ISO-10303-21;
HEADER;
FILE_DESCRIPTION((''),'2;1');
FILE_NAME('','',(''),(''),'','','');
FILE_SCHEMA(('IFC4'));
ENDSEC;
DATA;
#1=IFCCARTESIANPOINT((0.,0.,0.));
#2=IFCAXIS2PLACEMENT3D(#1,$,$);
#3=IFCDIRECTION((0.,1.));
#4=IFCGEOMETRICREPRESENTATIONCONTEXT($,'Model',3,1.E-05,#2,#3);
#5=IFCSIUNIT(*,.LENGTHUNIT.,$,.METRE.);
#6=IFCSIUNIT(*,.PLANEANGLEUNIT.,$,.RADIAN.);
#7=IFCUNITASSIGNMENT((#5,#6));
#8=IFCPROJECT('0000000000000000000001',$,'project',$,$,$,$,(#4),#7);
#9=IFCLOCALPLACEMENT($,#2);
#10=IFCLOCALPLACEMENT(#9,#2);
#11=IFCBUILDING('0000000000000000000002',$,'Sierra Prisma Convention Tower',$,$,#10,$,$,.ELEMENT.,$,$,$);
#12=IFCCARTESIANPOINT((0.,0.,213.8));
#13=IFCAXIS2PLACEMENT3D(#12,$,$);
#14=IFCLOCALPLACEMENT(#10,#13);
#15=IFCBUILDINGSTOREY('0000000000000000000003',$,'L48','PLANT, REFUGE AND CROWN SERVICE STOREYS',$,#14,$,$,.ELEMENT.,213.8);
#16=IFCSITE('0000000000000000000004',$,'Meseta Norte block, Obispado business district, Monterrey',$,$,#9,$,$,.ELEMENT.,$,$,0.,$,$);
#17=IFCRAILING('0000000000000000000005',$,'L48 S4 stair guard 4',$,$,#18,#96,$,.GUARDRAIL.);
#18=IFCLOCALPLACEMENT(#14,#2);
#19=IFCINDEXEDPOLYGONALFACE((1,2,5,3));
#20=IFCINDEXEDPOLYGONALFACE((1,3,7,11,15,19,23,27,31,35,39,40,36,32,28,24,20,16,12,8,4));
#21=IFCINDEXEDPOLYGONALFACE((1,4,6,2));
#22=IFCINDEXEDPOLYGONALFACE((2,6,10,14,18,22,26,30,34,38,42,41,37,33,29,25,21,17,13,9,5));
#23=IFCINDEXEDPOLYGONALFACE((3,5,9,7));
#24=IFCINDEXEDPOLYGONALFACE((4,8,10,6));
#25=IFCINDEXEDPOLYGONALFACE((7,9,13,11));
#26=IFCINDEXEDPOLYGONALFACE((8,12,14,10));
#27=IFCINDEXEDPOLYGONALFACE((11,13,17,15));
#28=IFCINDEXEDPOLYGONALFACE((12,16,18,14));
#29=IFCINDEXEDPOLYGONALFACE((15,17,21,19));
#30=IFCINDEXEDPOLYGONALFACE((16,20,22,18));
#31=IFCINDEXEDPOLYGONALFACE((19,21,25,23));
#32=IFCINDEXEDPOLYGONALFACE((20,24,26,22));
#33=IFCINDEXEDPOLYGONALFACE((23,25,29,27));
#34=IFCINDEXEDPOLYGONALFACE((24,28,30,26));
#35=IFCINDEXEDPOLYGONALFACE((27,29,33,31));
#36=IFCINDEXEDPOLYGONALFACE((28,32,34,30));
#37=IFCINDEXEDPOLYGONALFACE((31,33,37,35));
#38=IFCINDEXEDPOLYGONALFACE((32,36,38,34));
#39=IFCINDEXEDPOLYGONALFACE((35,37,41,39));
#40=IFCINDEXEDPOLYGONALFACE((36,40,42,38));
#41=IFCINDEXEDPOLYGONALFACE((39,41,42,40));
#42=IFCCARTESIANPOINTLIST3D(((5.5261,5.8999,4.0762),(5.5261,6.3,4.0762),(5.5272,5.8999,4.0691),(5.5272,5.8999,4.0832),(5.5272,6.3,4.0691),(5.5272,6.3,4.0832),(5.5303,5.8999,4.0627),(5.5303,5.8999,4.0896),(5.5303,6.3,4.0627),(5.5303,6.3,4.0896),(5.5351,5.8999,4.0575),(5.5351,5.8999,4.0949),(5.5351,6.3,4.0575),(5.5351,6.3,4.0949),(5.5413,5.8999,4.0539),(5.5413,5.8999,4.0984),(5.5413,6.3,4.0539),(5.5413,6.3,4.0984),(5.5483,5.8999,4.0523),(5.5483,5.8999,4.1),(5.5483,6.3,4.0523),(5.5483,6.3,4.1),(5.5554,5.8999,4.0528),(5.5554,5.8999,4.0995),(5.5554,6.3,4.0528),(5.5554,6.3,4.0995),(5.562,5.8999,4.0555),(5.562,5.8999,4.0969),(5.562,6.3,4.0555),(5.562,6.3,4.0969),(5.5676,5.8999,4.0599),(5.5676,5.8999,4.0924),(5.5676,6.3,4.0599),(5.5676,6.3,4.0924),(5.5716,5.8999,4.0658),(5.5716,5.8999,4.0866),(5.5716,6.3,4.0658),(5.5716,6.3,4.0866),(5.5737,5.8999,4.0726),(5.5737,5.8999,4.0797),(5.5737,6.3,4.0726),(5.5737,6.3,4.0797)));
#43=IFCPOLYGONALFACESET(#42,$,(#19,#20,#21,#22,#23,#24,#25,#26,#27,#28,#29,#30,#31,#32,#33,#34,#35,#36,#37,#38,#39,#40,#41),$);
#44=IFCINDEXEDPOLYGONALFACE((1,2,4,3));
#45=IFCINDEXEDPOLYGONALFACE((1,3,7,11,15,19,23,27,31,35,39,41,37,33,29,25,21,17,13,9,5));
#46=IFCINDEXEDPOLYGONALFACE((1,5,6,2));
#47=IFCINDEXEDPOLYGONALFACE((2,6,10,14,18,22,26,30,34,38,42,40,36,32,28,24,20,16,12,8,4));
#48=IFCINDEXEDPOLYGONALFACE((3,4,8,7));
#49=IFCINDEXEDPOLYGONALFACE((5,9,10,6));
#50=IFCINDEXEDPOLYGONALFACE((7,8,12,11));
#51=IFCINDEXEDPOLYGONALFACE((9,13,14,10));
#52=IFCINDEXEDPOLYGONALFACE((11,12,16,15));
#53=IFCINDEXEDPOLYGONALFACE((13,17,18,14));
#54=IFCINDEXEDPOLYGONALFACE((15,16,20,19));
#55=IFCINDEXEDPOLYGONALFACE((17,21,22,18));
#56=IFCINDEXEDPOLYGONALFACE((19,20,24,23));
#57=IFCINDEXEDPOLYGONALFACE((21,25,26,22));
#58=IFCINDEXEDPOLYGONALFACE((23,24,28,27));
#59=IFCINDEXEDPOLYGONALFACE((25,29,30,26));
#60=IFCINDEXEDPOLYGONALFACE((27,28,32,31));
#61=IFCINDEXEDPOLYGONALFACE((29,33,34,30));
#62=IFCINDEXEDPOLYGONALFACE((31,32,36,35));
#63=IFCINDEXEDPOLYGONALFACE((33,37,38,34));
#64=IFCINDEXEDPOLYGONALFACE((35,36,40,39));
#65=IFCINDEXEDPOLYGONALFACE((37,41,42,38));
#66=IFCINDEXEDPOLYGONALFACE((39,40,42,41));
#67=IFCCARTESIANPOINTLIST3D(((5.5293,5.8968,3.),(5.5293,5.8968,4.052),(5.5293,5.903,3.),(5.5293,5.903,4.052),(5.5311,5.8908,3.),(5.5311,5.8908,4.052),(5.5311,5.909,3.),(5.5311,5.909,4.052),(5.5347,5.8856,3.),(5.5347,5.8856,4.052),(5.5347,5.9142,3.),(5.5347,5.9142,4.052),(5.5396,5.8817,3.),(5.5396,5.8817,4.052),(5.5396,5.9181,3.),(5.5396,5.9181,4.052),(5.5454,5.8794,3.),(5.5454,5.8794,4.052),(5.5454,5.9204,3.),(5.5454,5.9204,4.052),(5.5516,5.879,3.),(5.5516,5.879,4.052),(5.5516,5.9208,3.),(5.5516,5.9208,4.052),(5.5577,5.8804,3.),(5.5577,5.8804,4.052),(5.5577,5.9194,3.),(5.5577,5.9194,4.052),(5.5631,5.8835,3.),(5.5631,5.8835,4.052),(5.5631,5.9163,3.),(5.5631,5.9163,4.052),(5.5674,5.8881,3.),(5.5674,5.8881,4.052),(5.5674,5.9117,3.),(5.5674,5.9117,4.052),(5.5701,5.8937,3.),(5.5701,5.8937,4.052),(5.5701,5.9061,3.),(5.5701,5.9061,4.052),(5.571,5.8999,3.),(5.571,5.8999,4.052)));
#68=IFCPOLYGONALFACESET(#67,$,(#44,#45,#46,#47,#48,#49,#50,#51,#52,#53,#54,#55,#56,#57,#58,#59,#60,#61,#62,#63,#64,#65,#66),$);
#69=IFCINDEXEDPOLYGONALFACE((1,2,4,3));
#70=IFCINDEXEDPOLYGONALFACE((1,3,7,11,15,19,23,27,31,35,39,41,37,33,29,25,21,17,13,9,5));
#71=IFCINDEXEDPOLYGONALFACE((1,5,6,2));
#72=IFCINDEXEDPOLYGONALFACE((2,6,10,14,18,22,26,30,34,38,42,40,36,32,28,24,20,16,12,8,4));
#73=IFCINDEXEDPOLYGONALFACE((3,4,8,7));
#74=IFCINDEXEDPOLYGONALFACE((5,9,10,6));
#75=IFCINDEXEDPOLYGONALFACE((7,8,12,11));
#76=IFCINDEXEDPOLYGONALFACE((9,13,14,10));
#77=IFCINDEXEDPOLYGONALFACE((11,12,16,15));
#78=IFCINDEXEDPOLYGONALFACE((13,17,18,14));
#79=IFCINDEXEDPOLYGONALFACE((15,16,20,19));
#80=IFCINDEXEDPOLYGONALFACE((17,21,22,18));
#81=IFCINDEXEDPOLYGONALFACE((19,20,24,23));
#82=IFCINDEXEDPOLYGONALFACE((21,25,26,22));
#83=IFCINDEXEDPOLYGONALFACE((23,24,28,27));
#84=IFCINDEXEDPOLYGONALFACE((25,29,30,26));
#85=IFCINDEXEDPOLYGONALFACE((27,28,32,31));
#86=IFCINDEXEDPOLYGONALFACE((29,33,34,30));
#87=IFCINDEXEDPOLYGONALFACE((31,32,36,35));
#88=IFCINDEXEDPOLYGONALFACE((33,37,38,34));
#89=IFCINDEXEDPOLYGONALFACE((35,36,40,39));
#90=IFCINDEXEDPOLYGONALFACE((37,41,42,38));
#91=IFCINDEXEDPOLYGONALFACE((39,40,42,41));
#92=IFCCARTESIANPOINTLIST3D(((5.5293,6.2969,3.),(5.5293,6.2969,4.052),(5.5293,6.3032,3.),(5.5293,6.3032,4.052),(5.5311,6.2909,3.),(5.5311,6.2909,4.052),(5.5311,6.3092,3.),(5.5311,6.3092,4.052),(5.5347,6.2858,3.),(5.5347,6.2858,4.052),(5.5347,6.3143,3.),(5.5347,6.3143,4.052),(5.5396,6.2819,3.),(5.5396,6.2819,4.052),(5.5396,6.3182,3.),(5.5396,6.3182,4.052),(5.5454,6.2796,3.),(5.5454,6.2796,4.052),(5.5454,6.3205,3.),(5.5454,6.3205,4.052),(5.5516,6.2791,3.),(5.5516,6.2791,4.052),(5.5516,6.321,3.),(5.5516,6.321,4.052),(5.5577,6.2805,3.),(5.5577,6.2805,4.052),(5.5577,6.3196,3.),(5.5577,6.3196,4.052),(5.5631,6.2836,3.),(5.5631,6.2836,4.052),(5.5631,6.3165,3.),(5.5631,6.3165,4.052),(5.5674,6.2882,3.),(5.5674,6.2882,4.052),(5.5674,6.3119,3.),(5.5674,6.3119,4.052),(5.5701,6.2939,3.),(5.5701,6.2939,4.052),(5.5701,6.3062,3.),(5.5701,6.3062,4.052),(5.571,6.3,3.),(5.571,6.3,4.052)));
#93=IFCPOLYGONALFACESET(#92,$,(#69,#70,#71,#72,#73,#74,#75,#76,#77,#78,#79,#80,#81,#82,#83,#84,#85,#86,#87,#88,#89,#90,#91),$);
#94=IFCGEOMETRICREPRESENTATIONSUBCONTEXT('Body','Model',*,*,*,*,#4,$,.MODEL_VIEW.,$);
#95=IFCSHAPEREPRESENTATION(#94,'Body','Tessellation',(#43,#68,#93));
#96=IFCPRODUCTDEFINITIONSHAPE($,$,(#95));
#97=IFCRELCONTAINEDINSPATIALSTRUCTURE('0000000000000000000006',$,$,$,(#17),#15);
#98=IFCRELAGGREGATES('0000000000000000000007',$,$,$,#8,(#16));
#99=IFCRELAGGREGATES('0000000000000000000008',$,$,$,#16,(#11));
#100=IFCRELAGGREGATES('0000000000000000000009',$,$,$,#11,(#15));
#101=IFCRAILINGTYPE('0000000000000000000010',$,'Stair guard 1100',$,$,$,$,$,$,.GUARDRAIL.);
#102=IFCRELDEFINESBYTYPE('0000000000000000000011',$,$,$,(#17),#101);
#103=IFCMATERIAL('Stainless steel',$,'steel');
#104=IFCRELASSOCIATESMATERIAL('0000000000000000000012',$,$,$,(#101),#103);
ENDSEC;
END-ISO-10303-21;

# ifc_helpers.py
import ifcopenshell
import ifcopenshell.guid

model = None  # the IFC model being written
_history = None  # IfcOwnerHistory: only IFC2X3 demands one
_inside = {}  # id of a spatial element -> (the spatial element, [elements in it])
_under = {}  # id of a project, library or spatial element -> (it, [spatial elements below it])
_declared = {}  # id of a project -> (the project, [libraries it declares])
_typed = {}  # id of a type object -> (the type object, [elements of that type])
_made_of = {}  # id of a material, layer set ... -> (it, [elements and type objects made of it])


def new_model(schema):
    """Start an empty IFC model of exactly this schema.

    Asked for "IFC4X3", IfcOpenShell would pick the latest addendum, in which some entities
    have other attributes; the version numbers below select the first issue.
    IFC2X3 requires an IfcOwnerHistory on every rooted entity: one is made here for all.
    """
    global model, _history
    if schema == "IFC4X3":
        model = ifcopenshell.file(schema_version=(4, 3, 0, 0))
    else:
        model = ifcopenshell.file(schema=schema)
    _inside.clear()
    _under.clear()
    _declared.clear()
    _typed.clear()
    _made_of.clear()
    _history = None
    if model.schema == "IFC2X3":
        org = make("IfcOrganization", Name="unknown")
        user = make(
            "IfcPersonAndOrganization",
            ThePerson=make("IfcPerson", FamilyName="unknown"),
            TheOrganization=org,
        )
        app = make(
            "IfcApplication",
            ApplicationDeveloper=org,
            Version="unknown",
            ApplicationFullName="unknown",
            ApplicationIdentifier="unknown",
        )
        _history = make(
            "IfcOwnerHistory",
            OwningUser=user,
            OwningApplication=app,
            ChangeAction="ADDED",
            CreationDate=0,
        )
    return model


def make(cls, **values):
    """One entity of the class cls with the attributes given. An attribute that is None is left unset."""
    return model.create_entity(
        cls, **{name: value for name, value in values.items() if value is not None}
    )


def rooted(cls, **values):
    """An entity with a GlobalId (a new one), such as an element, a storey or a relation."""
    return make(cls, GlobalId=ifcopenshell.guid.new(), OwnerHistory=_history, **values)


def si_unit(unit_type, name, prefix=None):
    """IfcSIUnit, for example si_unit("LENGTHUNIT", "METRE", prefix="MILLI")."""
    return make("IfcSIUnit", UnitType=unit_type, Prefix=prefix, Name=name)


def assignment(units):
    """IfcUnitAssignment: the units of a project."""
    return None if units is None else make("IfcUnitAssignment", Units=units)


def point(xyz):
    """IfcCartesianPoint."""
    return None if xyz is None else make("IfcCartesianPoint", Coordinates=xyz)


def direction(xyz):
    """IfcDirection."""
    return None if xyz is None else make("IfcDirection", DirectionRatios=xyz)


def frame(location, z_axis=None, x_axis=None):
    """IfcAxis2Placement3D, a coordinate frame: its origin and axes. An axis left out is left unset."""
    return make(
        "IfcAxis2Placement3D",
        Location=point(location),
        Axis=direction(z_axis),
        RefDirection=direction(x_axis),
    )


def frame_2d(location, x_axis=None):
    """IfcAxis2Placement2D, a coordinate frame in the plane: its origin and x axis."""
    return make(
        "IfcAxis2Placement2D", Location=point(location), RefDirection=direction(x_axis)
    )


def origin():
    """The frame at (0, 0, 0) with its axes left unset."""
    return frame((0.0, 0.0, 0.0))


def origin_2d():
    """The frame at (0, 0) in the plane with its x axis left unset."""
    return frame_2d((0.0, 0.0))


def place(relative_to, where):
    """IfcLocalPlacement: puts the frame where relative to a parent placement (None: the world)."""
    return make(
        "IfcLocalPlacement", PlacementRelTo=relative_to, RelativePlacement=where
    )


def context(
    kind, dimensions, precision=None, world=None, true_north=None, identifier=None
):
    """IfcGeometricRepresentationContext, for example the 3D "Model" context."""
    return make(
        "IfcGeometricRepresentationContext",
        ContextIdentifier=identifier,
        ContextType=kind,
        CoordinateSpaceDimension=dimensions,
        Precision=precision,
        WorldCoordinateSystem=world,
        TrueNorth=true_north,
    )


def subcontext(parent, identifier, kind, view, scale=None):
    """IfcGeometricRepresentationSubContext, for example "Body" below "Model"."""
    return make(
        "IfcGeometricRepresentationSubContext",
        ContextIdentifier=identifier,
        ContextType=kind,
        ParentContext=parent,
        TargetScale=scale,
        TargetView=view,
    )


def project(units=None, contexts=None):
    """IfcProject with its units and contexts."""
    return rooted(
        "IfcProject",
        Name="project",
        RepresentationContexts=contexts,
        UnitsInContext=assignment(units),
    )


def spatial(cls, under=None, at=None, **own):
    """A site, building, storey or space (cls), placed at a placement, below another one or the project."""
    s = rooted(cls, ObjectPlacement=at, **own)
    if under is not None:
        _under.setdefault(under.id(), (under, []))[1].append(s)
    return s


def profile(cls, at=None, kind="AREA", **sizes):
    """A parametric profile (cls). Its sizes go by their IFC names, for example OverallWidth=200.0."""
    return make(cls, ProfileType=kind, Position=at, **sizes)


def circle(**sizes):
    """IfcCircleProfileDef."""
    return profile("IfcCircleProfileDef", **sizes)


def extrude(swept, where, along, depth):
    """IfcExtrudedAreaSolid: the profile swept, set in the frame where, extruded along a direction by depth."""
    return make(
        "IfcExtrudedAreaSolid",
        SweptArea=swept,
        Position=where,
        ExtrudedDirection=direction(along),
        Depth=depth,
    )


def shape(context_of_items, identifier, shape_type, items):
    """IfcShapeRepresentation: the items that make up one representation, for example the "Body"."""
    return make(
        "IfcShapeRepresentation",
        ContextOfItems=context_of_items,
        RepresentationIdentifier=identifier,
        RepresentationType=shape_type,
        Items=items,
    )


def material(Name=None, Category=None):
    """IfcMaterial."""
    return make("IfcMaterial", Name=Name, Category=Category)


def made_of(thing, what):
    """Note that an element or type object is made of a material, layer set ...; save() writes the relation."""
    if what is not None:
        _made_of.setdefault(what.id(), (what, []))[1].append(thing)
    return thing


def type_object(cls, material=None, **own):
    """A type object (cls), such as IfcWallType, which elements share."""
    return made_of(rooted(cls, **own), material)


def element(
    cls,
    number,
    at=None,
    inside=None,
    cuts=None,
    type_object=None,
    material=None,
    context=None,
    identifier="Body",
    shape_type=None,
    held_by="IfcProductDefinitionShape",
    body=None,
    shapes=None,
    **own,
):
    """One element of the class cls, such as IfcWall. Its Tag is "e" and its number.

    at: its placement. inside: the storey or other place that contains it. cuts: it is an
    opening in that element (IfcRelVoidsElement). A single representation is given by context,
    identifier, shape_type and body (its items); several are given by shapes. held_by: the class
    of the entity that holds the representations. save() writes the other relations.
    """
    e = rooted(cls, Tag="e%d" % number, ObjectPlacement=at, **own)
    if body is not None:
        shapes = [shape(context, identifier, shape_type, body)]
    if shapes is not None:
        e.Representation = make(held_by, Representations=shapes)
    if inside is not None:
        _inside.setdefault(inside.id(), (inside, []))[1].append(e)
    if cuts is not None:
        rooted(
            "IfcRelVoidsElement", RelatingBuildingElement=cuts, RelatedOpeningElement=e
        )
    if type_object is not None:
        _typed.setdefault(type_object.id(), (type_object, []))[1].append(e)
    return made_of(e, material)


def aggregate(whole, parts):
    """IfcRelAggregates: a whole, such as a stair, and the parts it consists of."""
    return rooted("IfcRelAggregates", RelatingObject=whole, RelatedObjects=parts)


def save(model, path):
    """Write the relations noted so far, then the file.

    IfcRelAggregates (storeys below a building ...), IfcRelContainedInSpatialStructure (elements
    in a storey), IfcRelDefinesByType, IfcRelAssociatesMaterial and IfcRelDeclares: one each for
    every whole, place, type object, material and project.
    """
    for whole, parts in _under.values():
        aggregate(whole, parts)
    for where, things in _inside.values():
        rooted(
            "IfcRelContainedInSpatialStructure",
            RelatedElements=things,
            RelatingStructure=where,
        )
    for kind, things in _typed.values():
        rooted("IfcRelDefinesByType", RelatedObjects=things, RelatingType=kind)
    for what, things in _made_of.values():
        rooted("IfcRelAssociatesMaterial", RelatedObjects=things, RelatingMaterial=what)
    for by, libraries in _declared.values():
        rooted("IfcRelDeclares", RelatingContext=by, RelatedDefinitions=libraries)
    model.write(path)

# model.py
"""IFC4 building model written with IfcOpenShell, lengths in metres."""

from ifc_helpers import new_model, si_unit, direction, frame, origin, origin_2d, place, context, subcontext, project, spatial, circle, extrude, material, type_object, element, save


model = new_model("IFC4")

# Units and contexts
model_context = context("Model", 3, precision=1e-05, world=origin(), true_north=direction((0.0, 1.0)))
body_context = subcontext(model_context, "Body", "Model", "MODEL_VIEW")
ifc_project = project(units=[si_unit("LENGTHUNIT", "METRE"), si_unit("PLANEANGLEUNIT", "RADIAN")], contexts=[model_context])

# Site, building, storey
site_placement = place(None, origin())
site = spatial("IfcSite", under=ifc_project, at=site_placement, Name="Meseta Norte block, Obispado business district, Monterrey", CompositionType="ELEMENT", RefElevation=0.0)
building_placement = place(site_placement, origin())
building = spatial("IfcBuilding", under=site, at=building_placement, Name="Sierra Prisma Convention Tower", CompositionType="ELEMENT")
storey_placement = place(building_placement, frame((0.0, 0.0, 213.8)))
storey = spatial("IfcBuildingStorey", under=building, at=storey_placement, Name="L48", Description="PLANT, REFUGE AND CROWN SERVICE STOREYS", CompositionType="ELEMENT", Elevation=213.8)

# Railing
ifc_material_1 = material(Name="Stainless steel", Category="steel")
railing_type_1 = type_object("IfcRailingType", Name="Stair guard 1100", PredefinedType="GUARDRAIL", material=ifc_material_1)
railing_1_placement = place(storey_placement, frame((5.55, 5.8999, 3.0)))
element("IfcRailing", 1, at=railing_1_placement, inside=storey, type_object=railing_type_1, Name="L48 S4 stair guard 4", PredefinedType="GUARDRAIL", context=body_context, shape_type="SweptSolid", body=[
    extrude(circle(Radius=0.0239, at=origin_2d()), frame((0.0, 0.0, 1.0762), z_axis=(0.0, 1.0, 0.0), x_axis=(-1.0, 0.0, 0.0)), (0.0, 0.0, 1.0), 0.4001),
    extrude(circle(Radius=0.021, at=origin_2d()), origin(), (0.0, 0.0, 1.0), 1.052),
    extrude(circle(Radius=0.021, at=origin_2d()), frame((0.0, 0.4001, 0.0)), (0.0, 0.0, 1.0), 1.052),
])

save(model, "model.ifc")
